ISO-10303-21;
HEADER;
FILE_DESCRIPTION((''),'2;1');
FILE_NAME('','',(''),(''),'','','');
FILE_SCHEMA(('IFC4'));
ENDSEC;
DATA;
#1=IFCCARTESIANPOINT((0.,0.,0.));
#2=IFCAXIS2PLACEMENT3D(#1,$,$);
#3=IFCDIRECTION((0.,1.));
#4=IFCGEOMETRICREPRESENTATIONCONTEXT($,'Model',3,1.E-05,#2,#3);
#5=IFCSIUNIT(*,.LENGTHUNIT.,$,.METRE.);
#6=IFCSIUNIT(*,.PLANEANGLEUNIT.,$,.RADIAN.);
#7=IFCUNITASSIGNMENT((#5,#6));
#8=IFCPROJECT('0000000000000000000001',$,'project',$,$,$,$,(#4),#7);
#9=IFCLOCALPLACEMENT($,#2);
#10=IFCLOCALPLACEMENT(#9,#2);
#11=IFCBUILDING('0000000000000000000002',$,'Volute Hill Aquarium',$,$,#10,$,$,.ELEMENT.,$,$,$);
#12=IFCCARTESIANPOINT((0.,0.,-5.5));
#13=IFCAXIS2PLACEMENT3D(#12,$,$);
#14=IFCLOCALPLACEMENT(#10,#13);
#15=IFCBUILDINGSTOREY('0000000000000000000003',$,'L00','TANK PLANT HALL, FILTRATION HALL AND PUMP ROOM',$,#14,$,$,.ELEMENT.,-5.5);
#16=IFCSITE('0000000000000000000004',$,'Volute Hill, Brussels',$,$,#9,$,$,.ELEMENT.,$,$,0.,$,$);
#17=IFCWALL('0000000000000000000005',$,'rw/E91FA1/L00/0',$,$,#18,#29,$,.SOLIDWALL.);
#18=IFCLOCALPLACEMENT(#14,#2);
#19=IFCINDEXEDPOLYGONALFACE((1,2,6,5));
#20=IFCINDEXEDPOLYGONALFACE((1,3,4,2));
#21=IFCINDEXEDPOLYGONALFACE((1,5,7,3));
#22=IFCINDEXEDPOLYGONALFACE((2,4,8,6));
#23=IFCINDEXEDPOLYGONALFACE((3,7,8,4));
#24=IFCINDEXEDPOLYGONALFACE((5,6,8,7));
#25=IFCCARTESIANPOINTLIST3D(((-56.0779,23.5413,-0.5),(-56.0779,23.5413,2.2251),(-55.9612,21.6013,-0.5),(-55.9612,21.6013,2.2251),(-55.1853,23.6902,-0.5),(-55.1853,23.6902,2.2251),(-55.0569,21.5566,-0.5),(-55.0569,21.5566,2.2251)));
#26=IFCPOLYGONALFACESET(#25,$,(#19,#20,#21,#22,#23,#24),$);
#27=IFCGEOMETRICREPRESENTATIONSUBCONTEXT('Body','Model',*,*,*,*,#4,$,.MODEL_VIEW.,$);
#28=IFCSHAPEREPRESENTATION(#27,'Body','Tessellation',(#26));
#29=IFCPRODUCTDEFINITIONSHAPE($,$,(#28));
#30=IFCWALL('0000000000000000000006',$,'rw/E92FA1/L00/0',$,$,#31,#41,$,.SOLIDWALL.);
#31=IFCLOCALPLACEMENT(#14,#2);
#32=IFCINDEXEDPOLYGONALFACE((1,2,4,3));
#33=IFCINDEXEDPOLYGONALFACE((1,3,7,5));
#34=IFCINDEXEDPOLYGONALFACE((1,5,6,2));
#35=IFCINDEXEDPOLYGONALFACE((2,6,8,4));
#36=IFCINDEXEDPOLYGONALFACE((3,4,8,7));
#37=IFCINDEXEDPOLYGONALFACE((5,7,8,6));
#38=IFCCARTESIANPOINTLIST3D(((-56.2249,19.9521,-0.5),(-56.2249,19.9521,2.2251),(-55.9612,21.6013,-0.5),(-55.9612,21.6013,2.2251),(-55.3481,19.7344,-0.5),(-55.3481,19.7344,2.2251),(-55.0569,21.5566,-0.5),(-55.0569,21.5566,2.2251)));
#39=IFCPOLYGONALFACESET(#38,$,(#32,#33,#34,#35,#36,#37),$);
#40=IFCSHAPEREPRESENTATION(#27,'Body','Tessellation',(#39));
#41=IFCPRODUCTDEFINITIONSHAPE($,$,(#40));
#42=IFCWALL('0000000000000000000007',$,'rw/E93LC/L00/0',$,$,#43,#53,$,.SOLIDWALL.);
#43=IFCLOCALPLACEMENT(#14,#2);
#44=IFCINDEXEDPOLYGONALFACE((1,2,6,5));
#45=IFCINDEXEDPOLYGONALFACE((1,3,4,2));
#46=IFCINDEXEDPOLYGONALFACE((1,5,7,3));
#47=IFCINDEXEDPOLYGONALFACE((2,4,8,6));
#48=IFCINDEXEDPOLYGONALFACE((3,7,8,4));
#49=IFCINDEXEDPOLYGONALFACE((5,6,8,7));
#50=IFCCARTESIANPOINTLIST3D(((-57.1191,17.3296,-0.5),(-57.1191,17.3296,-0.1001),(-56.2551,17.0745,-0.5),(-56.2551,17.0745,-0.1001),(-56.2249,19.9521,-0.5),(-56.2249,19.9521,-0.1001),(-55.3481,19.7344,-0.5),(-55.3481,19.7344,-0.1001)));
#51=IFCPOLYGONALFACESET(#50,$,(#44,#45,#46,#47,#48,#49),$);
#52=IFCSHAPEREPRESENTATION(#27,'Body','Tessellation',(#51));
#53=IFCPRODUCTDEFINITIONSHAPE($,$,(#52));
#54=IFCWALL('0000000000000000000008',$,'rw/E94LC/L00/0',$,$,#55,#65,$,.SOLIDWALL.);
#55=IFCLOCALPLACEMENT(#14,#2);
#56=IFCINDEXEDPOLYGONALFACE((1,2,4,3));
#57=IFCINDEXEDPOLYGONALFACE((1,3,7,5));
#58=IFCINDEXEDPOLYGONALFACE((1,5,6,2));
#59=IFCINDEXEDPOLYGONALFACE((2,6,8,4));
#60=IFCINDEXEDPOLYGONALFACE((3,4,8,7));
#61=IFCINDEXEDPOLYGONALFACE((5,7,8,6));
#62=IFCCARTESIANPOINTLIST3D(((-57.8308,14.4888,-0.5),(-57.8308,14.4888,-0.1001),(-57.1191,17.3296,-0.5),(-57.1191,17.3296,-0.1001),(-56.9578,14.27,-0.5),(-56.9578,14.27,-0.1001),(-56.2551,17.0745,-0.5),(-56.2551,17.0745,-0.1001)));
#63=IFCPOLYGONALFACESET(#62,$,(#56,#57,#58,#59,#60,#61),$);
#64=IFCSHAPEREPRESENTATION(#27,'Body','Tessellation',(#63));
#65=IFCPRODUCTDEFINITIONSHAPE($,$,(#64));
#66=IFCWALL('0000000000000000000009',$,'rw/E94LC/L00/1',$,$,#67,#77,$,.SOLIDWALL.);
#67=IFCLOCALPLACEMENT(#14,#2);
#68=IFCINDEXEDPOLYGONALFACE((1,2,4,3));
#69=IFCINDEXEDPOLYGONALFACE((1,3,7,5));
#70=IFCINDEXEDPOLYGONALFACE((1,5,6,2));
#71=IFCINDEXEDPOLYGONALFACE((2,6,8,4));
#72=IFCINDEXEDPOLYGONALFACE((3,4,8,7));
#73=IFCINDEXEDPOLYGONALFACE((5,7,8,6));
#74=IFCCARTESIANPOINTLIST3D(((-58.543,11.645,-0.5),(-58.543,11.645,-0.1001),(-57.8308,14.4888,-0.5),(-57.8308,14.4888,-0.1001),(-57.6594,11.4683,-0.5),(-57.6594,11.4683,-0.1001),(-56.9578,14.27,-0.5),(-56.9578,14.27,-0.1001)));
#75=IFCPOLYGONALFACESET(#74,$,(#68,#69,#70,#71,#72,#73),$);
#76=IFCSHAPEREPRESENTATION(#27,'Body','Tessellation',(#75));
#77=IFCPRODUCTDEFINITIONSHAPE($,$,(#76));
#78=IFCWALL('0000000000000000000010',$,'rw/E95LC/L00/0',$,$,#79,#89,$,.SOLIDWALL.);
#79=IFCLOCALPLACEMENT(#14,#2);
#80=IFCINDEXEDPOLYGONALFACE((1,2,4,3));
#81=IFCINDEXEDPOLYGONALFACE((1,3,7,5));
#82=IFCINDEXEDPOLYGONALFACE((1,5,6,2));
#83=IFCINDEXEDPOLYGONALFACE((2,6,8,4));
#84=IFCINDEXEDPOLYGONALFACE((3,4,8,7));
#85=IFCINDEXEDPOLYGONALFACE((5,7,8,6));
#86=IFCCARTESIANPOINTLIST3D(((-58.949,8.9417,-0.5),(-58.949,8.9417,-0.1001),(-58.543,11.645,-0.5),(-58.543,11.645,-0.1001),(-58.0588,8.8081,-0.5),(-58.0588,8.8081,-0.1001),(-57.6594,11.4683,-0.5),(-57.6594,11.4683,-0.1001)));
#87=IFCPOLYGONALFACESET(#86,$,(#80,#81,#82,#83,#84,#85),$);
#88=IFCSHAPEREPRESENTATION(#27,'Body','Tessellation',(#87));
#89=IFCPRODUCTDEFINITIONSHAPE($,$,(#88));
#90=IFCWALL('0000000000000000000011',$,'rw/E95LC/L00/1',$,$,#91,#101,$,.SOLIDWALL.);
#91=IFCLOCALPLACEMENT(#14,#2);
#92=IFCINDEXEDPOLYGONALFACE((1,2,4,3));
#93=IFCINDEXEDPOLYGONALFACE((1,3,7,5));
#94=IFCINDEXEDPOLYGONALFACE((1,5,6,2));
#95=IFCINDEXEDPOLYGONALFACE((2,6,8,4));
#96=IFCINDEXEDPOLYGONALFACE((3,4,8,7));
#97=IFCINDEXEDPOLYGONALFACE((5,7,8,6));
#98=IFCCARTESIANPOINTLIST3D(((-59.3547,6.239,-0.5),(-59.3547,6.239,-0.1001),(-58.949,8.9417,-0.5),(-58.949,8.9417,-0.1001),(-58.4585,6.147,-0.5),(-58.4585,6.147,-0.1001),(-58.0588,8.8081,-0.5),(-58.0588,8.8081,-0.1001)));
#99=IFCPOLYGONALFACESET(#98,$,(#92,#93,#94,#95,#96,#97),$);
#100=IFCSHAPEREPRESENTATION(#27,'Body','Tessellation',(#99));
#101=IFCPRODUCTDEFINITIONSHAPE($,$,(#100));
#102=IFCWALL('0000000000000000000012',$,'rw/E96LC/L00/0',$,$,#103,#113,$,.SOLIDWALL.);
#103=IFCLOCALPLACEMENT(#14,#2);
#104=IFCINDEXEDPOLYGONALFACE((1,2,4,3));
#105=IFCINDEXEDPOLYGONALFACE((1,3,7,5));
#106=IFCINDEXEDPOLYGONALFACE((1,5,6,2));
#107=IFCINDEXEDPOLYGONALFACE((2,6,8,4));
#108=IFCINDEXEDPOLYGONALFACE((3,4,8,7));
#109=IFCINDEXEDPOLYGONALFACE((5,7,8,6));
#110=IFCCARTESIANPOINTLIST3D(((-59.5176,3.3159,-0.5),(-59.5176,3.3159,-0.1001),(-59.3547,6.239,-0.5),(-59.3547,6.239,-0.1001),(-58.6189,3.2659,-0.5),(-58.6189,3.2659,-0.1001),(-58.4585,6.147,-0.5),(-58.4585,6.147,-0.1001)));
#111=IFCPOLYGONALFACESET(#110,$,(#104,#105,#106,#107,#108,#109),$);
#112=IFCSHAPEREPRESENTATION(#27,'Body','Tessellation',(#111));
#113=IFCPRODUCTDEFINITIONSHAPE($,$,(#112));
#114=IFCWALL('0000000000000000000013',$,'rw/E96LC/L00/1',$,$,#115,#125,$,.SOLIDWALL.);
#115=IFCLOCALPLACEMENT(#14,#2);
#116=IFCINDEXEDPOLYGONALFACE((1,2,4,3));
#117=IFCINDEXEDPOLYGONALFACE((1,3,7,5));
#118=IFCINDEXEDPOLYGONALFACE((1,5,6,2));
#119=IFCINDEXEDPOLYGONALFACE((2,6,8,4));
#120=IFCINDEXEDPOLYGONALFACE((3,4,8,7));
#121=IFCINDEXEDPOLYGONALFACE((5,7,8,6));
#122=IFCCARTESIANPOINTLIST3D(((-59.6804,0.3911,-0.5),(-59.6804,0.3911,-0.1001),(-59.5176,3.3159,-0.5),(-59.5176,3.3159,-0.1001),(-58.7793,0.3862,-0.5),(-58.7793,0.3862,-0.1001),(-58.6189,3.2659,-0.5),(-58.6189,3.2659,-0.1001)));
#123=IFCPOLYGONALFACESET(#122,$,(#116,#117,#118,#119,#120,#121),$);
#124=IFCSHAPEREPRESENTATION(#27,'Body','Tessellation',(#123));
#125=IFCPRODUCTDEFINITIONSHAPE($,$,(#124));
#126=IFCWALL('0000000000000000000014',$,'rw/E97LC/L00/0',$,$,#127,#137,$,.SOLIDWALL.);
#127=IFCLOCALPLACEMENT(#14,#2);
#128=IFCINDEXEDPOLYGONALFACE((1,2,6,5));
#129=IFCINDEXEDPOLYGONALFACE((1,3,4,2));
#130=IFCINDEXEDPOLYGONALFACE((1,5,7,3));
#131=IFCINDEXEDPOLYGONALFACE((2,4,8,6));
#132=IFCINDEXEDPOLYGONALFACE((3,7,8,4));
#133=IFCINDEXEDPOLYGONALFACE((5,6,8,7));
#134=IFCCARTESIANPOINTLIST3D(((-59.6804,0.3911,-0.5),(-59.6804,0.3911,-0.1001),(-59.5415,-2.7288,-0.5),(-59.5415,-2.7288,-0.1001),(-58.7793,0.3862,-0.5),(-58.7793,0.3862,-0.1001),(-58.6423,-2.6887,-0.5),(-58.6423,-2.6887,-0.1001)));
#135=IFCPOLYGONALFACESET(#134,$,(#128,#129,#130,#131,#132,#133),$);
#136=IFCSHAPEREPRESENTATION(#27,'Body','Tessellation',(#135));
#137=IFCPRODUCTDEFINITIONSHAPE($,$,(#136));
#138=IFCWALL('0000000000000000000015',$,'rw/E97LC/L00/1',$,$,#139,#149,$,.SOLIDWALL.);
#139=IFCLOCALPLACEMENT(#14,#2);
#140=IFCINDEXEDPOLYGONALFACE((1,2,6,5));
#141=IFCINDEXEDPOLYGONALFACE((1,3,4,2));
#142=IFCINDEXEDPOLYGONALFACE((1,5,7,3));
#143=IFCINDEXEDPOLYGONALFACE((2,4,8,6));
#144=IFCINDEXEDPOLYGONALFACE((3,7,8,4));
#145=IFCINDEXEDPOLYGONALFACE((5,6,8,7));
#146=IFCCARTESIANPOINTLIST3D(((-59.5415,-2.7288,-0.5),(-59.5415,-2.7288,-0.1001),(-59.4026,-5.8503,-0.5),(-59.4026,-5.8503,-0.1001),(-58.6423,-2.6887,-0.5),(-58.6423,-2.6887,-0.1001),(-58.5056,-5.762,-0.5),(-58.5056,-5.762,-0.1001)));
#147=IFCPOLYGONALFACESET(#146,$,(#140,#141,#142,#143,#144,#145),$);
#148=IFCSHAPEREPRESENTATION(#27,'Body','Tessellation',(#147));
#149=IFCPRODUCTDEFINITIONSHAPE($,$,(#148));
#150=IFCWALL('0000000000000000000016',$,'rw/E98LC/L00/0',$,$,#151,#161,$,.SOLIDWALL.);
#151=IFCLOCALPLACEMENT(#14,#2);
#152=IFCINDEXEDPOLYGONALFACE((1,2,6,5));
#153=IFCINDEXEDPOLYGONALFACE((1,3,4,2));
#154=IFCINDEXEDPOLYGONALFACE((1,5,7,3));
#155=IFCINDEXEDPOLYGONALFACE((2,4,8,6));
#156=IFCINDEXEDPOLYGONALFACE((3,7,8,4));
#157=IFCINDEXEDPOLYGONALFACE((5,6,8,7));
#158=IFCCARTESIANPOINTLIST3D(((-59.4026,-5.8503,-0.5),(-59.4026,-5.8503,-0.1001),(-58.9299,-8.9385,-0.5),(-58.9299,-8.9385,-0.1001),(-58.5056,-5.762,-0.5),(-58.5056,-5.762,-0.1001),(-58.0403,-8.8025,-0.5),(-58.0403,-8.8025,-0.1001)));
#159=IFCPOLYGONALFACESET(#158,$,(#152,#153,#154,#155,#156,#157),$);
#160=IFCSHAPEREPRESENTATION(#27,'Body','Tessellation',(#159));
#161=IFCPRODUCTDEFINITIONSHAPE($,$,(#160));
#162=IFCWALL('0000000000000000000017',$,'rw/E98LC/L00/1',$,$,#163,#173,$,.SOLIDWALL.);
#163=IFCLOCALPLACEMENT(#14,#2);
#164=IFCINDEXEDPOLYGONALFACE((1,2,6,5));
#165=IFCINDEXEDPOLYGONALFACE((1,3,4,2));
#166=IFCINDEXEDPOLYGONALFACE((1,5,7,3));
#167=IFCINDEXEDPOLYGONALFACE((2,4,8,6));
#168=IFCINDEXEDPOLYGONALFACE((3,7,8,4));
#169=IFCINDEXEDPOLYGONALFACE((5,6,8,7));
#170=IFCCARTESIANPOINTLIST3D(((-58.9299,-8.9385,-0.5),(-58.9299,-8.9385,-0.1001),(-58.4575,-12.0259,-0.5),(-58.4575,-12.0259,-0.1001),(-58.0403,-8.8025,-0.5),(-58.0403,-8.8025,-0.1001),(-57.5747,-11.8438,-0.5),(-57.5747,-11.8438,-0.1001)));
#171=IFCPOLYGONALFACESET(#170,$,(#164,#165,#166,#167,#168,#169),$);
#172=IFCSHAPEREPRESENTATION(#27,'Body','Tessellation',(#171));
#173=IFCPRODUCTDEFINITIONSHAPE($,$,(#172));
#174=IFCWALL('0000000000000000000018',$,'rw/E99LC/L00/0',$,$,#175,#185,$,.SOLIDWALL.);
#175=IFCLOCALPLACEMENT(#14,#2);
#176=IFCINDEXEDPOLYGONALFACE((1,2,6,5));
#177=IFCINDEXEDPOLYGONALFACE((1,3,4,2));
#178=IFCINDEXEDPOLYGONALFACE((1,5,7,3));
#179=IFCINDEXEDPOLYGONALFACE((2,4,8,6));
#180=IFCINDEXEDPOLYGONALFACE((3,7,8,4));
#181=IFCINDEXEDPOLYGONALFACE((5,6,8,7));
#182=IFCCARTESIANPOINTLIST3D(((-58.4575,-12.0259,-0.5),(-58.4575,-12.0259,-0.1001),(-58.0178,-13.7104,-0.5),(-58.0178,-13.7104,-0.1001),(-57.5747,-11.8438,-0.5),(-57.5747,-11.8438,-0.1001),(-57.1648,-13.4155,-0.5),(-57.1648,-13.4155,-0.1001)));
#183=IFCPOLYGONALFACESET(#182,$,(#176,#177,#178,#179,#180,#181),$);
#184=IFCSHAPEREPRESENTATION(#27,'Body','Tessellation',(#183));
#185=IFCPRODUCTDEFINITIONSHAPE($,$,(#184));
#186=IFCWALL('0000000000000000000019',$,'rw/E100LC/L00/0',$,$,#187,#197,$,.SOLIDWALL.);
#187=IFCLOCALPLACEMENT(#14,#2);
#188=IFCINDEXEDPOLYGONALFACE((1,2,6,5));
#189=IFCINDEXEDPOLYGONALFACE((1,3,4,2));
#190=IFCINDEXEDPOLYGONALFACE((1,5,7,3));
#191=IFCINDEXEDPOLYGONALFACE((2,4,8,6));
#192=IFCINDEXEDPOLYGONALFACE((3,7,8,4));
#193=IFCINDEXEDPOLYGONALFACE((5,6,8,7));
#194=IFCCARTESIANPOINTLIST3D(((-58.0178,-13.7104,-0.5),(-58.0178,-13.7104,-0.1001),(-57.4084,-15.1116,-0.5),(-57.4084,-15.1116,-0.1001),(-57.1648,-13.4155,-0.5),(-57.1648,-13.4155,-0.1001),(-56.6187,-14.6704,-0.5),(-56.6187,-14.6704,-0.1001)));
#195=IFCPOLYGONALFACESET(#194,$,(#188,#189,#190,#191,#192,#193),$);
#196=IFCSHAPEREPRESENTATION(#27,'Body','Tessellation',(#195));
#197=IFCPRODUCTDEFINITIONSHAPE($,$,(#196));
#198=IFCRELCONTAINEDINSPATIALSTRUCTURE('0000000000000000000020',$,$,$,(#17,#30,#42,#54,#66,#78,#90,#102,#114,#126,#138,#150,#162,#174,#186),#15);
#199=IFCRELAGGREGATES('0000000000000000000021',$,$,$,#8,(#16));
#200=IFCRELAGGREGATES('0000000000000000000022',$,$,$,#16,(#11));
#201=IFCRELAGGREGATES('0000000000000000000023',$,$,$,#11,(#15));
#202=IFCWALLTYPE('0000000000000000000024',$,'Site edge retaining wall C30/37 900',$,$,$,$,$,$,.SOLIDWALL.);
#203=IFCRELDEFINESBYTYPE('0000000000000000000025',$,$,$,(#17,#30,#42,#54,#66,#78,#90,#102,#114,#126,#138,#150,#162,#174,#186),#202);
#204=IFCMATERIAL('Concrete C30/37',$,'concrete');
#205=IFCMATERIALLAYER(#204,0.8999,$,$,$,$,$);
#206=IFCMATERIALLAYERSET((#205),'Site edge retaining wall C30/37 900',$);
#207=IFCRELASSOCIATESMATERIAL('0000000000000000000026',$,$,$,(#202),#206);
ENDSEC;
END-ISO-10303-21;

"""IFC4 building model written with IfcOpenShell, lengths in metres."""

from ifc_helpers import new_model, si_unit, direction, frame, origin, place, context, subcontext, project, spatial, polyline, outline, extrude, material, layer, layer_set, type_object, element, save


model = new_model("IFC4")

# Units and contexts
model_context = context("Model", 3, precision=1e-05, world=origin(), true_north=direction((0.0, 1.0)))
body_context = subcontext(model_context, "Body", "Model", "MODEL_VIEW")
ifc_project = project(units=[si_unit("LENGTHUNIT", "METRE"), si_unit("PLANEANGLEUNIT", "RADIAN")], contexts=[model_context])

# Site, building, storey
site_placement = place(None, origin())
site = spatial("IfcSite", under=ifc_project, at=site_placement, Name="Volute Hill, Brussels", CompositionType="ELEMENT", RefElevation=0.0)
building_placement = place(site_placement, origin())
building = spatial("IfcBuilding", under=site, at=building_placement, Name="Volute Hill Aquarium", CompositionType="ELEMENT")
storey_placement = place(building_placement, frame((0.0, 0.0, -5.5)))
storey = spatial("IfcBuildingStorey", under=building, at=storey_placement, Name="L00", Description="TANK PLANT HALL, FILTRATION HALL AND PUMP ROOM", CompositionType="ELEMENT", Elevation=-5.5)

# Walls
ifc_material_1 = material(Name="Concrete C30/37", Category="concrete")
ifc_layer_1 = layer(ifc_material_1, 0.8999)
ifc_layer_set_1 = layer_set([ifc_layer_1], Name="Site edge retaining wall C30/37 900")
wall_type = type_object("IfcWallType", Name="Site edge retaining wall C30/37 900", PredefinedType="SOLIDWALL", material=ifc_layer_set_1)
wall_1_placement = place(storey_placement, frame((0.0, 0.0, -0.5)))
element("IfcWall", 1, at=wall_1_placement, inside=storey, type_object=wall_type, Name="rw/E91FA1/L00/0", PredefinedType="SOLIDWALL", context=body_context, shape_type="SweptSolid", body=[
    extrude(outline(polyline([(-56.0779, 23.5413), (-55.9612, 21.6013), (-55.0569, 21.5566), (-55.0569, 21.5566), (-55.1853, 23.6902), (-55.1853, 23.6902), (-56.0779, 23.5413)])), origin(), (0.0, 0.0, 1.0), 2.7251),
])
wall_2_placement = place(storey_placement, frame((0.0, 0.0, -0.5)))
element("IfcWall", 2, at=wall_2_placement, inside=storey, type_object=wall_type, Name="rw/E92FA1/L00/0", PredefinedType="SOLIDWALL", context=body_context, shape_type="SweptSolid", body=[
    extrude(outline(polyline([(-56.2249, 19.9521), (-56.2249, 19.9521), (-55.3481, 19.7344), (-55.0569, 21.5566), (-55.9612, 21.6013), (-55.9612, 21.6013), (-56.2249, 19.9521)])), origin(), (0.0, 0.0, 1.0), 2.7251),
])
wall_3_placement = place(storey_placement, frame((0.0, 0.0, -0.5)))
element("IfcWall", 3, at=wall_3_placement, inside=storey, type_object=wall_type, Name="rw/E93LC/L00/0", PredefinedType="SOLIDWALL", context=body_context, shape_type="SweptSolid", body=[
    extrude(outline(polyline([(-56.2249, 19.9521), (-57.1191, 17.3296), (-56.2551, 17.0745), (-55.3481, 19.7344), (-55.3481, 19.7344), (-56.2249, 19.9521)])), origin(), (0.0, 0.0, 1.0), 0.3999),
])
wall_4_placement = place(storey_placement, frame((0.0, 0.0, -0.5)))
element("IfcWall", 4, at=wall_4_placement, inside=storey, type_object=wall_type, Name="rw/E94LC/L00/0", PredefinedType="SOLIDWALL", context=body_context, shape_type="SweptSolid", body=[
    extrude(outline(polyline([(-57.1191, 17.3296), (-57.8308, 14.4888), (-56.9578, 14.27), (-56.2551, 17.0745), (-56.2551, 17.0745), (-57.1191, 17.3296), (-57.1191, 17.3296)])), origin(), (0.0, 0.0, 1.0), 0.3999),
])
wall_5_placement = place(storey_placement, frame((0.0, 0.0, -0.5)))
element("IfcWall", 5, at=wall_5_placement, inside=storey, type_object=wall_type, Name="rw/E94LC/L00/1", PredefinedType="SOLIDWALL", context=body_context, shape_type="SweptSolid", body=[
    extrude(outline(polyline([(-58.543, 11.645), (-58.543, 11.645), (-57.6594, 11.4683), (-57.6594, 11.4683), (-56.9578, 14.27), (-57.8308, 14.4888), (-58.543, 11.645)])), origin(), (0.0, 0.0, 1.0), 0.3999),
])
wall_6_placement = place(storey_placement, frame((0.0, 0.0, -0.5)))
element("IfcWall", 6, at=wall_6_placement, inside=storey, type_object=wall_type, Name="rw/E95LC/L00/0", PredefinedType="SOLIDWALL", context=body_context, shape_type="SweptSolid", body=[
    extrude(outline(polyline([(-58.543, 11.645), (-58.949, 8.9417), (-58.0588, 8.8081), (-57.6594, 11.4683), (-58.543, 11.645)])), origin(), (0.0, 0.0, 1.0), 0.3999),
])
wall_7_placement = place(storey_placement, frame((0.0, 0.0, -0.5)))
element("IfcWall", 7, at=wall_7_placement, inside=storey, type_object=wall_type, Name="rw/E95LC/L00/1", PredefinedType="SOLIDWALL", context=body_context, shape_type="SweptSolid", body=[
    extrude(outline(polyline([(-58.949, 8.9417), (-59.3547, 6.239), (-58.4585, 6.147), (-58.0588, 8.8081), (-58.949, 8.9417)])), origin(), (0.0, 0.0, 1.0), 0.3999),
])
wall_8_placement = place(storey_placement, frame((0.0, 0.0, -0.5)))
element("IfcWall", 8, at=wall_8_placement, inside=storey, type_object=wall_type, Name="rw/E96LC/L00/0", PredefinedType="SOLIDWALL", context=body_context, shape_type="SweptSolid", body=[
    extrude(outline(polyline([(-59.3547, 6.239), (-59.5176, 3.3159), (-58.6189, 3.2659), (-58.4585, 6.147), (-58.4585, 6.147), (-59.3547, 6.239), (-59.3547, 6.239)])), origin(), (0.0, 0.0, 1.0), 0.3999),
])
wall_9_placement = place(storey_placement, frame((0.0, 0.0, -0.5)))
element("IfcWall", 9, at=wall_9_placement, inside=storey, type_object=wall_type, Name="rw/E96LC/L00/1", PredefinedType="SOLIDWALL", context=body_context, shape_type="SweptSolid", body=[
    extrude(outline(polyline([(-59.5176, 3.3159), (-59.6804, 0.3911), (-58.7793, 0.3862), (-58.6189, 3.2659), (-59.5176, 3.3159)])), origin(), (0.0, 0.0, 1.0), 0.3999),
])
wall_10_placement = place(storey_placement, frame((0.0, 0.0, -0.5)))
element("IfcWall", 10, at=wall_10_placement, inside=storey, type_object=wall_type, Name="rw/E97LC/L00/0", PredefinedType="SOLIDWALL", context=body_context, shape_type="SweptSolid", body=[
    extrude(outline(polyline([(-59.6804, 0.3911), (-59.5415, -2.7288), (-58.6423, -2.6887), (-58.7793, 0.3862), (-58.7793, 0.3862), (-59.6804, 0.3911), (-59.6804, 0.3911)])), origin(), (0.0, 0.0, 1.0), 0.3999),
])
wall_11_placement = place(storey_placement, frame((0.0, 0.0, -0.5)))
element("IfcWall", 11, at=wall_11_placement, inside=storey, type_object=wall_type, Name="rw/E97LC/L00/1", PredefinedType="SOLIDWALL", context=body_context, shape_type="SweptSolid", body=[
    extrude(outline(polyline([(-59.4026, -5.8503), (-59.4026, -5.8503), (-58.5056, -5.762), (-58.5056, -5.762), (-58.6423, -2.6887), (-59.5415, -2.7288), (-59.4026, -5.8503)])), origin(), (0.0, 0.0, 1.0), 0.3999),
])
wall_12_placement = place(storey_placement, frame((0.0, 0.0, -0.5)))
element("IfcWall", 12, at=wall_12_placement, inside=storey, type_object=wall_type, Name="rw/E98LC/L00/0", PredefinedType="SOLIDWALL", context=body_context, shape_type="SweptSolid", body=[
    extrude(outline(polyline([(-59.4026, -5.8503), (-58.9299, -8.9385), (-58.0403, -8.8025), (-58.5056, -5.762), (-59.4026, -5.8503)])), origin(), (0.0, 0.0, 1.0), 0.3999),
])
wall_13_placement = place(storey_placement, frame((0.0, 0.0, -0.5)))
element("IfcWall", 13, at=wall_13_placement, inside=storey, type_object=wall_type, Name="rw/E98LC/L00/1", PredefinedType="SOLIDWALL", context=body_context, shape_type="SweptSolid", body=[
    extrude(outline(polyline([(-58.4575, -12.0259), (-58.4575, -12.0259), (-57.5747, -11.8438), (-57.5747, -11.8438), (-58.0403, -8.8025), (-58.9299, -8.9385), (-58.4575, -12.0259)])), origin(), (0.0, 0.0, 1.0), 0.3999),
])
wall_14_placement = place(storey_placement, frame((0.0, 0.0, -0.5)))
element("IfcWall", 14, at=wall_14_placement, inside=storey, type_object=wall_type, Name="rw/E99LC/L00/0", PredefinedType="SOLIDWALL", context=body_context, shape_type="SweptSolid", body=[
    extrude(outline(polyline([(-58.4575, -12.0259), (-58.0178, -13.7104), (-57.1648, -13.4155), (-57.5747, -11.8438), (-58.4575, -12.0259)])), origin(), (0.0, 0.0, 1.0), 0.3999),
])
wall_15_placement = place(storey_placement, frame((0.0, 0.0, -0.5)))
element("IfcWall", 15, at=wall_15_placement, inside=storey, type_object=wall_type, Name="rw/E100LC/L00/0", PredefinedType="SOLIDWALL", context=body_context, shape_type="SweptSolid", body=[
    extrude(outline(polyline([(-58.0178, -13.7104), (-57.4084, -15.1116), (-56.6187, -14.6704), (-57.1648, -13.4155), (-57.1648, -13.4155), (-58.0178, -13.7104), (-58.0178, -13.7104)])), origin(), (0.0, 0.0, 1.0), 0.3999),
])

save(model, "model.ifc")
